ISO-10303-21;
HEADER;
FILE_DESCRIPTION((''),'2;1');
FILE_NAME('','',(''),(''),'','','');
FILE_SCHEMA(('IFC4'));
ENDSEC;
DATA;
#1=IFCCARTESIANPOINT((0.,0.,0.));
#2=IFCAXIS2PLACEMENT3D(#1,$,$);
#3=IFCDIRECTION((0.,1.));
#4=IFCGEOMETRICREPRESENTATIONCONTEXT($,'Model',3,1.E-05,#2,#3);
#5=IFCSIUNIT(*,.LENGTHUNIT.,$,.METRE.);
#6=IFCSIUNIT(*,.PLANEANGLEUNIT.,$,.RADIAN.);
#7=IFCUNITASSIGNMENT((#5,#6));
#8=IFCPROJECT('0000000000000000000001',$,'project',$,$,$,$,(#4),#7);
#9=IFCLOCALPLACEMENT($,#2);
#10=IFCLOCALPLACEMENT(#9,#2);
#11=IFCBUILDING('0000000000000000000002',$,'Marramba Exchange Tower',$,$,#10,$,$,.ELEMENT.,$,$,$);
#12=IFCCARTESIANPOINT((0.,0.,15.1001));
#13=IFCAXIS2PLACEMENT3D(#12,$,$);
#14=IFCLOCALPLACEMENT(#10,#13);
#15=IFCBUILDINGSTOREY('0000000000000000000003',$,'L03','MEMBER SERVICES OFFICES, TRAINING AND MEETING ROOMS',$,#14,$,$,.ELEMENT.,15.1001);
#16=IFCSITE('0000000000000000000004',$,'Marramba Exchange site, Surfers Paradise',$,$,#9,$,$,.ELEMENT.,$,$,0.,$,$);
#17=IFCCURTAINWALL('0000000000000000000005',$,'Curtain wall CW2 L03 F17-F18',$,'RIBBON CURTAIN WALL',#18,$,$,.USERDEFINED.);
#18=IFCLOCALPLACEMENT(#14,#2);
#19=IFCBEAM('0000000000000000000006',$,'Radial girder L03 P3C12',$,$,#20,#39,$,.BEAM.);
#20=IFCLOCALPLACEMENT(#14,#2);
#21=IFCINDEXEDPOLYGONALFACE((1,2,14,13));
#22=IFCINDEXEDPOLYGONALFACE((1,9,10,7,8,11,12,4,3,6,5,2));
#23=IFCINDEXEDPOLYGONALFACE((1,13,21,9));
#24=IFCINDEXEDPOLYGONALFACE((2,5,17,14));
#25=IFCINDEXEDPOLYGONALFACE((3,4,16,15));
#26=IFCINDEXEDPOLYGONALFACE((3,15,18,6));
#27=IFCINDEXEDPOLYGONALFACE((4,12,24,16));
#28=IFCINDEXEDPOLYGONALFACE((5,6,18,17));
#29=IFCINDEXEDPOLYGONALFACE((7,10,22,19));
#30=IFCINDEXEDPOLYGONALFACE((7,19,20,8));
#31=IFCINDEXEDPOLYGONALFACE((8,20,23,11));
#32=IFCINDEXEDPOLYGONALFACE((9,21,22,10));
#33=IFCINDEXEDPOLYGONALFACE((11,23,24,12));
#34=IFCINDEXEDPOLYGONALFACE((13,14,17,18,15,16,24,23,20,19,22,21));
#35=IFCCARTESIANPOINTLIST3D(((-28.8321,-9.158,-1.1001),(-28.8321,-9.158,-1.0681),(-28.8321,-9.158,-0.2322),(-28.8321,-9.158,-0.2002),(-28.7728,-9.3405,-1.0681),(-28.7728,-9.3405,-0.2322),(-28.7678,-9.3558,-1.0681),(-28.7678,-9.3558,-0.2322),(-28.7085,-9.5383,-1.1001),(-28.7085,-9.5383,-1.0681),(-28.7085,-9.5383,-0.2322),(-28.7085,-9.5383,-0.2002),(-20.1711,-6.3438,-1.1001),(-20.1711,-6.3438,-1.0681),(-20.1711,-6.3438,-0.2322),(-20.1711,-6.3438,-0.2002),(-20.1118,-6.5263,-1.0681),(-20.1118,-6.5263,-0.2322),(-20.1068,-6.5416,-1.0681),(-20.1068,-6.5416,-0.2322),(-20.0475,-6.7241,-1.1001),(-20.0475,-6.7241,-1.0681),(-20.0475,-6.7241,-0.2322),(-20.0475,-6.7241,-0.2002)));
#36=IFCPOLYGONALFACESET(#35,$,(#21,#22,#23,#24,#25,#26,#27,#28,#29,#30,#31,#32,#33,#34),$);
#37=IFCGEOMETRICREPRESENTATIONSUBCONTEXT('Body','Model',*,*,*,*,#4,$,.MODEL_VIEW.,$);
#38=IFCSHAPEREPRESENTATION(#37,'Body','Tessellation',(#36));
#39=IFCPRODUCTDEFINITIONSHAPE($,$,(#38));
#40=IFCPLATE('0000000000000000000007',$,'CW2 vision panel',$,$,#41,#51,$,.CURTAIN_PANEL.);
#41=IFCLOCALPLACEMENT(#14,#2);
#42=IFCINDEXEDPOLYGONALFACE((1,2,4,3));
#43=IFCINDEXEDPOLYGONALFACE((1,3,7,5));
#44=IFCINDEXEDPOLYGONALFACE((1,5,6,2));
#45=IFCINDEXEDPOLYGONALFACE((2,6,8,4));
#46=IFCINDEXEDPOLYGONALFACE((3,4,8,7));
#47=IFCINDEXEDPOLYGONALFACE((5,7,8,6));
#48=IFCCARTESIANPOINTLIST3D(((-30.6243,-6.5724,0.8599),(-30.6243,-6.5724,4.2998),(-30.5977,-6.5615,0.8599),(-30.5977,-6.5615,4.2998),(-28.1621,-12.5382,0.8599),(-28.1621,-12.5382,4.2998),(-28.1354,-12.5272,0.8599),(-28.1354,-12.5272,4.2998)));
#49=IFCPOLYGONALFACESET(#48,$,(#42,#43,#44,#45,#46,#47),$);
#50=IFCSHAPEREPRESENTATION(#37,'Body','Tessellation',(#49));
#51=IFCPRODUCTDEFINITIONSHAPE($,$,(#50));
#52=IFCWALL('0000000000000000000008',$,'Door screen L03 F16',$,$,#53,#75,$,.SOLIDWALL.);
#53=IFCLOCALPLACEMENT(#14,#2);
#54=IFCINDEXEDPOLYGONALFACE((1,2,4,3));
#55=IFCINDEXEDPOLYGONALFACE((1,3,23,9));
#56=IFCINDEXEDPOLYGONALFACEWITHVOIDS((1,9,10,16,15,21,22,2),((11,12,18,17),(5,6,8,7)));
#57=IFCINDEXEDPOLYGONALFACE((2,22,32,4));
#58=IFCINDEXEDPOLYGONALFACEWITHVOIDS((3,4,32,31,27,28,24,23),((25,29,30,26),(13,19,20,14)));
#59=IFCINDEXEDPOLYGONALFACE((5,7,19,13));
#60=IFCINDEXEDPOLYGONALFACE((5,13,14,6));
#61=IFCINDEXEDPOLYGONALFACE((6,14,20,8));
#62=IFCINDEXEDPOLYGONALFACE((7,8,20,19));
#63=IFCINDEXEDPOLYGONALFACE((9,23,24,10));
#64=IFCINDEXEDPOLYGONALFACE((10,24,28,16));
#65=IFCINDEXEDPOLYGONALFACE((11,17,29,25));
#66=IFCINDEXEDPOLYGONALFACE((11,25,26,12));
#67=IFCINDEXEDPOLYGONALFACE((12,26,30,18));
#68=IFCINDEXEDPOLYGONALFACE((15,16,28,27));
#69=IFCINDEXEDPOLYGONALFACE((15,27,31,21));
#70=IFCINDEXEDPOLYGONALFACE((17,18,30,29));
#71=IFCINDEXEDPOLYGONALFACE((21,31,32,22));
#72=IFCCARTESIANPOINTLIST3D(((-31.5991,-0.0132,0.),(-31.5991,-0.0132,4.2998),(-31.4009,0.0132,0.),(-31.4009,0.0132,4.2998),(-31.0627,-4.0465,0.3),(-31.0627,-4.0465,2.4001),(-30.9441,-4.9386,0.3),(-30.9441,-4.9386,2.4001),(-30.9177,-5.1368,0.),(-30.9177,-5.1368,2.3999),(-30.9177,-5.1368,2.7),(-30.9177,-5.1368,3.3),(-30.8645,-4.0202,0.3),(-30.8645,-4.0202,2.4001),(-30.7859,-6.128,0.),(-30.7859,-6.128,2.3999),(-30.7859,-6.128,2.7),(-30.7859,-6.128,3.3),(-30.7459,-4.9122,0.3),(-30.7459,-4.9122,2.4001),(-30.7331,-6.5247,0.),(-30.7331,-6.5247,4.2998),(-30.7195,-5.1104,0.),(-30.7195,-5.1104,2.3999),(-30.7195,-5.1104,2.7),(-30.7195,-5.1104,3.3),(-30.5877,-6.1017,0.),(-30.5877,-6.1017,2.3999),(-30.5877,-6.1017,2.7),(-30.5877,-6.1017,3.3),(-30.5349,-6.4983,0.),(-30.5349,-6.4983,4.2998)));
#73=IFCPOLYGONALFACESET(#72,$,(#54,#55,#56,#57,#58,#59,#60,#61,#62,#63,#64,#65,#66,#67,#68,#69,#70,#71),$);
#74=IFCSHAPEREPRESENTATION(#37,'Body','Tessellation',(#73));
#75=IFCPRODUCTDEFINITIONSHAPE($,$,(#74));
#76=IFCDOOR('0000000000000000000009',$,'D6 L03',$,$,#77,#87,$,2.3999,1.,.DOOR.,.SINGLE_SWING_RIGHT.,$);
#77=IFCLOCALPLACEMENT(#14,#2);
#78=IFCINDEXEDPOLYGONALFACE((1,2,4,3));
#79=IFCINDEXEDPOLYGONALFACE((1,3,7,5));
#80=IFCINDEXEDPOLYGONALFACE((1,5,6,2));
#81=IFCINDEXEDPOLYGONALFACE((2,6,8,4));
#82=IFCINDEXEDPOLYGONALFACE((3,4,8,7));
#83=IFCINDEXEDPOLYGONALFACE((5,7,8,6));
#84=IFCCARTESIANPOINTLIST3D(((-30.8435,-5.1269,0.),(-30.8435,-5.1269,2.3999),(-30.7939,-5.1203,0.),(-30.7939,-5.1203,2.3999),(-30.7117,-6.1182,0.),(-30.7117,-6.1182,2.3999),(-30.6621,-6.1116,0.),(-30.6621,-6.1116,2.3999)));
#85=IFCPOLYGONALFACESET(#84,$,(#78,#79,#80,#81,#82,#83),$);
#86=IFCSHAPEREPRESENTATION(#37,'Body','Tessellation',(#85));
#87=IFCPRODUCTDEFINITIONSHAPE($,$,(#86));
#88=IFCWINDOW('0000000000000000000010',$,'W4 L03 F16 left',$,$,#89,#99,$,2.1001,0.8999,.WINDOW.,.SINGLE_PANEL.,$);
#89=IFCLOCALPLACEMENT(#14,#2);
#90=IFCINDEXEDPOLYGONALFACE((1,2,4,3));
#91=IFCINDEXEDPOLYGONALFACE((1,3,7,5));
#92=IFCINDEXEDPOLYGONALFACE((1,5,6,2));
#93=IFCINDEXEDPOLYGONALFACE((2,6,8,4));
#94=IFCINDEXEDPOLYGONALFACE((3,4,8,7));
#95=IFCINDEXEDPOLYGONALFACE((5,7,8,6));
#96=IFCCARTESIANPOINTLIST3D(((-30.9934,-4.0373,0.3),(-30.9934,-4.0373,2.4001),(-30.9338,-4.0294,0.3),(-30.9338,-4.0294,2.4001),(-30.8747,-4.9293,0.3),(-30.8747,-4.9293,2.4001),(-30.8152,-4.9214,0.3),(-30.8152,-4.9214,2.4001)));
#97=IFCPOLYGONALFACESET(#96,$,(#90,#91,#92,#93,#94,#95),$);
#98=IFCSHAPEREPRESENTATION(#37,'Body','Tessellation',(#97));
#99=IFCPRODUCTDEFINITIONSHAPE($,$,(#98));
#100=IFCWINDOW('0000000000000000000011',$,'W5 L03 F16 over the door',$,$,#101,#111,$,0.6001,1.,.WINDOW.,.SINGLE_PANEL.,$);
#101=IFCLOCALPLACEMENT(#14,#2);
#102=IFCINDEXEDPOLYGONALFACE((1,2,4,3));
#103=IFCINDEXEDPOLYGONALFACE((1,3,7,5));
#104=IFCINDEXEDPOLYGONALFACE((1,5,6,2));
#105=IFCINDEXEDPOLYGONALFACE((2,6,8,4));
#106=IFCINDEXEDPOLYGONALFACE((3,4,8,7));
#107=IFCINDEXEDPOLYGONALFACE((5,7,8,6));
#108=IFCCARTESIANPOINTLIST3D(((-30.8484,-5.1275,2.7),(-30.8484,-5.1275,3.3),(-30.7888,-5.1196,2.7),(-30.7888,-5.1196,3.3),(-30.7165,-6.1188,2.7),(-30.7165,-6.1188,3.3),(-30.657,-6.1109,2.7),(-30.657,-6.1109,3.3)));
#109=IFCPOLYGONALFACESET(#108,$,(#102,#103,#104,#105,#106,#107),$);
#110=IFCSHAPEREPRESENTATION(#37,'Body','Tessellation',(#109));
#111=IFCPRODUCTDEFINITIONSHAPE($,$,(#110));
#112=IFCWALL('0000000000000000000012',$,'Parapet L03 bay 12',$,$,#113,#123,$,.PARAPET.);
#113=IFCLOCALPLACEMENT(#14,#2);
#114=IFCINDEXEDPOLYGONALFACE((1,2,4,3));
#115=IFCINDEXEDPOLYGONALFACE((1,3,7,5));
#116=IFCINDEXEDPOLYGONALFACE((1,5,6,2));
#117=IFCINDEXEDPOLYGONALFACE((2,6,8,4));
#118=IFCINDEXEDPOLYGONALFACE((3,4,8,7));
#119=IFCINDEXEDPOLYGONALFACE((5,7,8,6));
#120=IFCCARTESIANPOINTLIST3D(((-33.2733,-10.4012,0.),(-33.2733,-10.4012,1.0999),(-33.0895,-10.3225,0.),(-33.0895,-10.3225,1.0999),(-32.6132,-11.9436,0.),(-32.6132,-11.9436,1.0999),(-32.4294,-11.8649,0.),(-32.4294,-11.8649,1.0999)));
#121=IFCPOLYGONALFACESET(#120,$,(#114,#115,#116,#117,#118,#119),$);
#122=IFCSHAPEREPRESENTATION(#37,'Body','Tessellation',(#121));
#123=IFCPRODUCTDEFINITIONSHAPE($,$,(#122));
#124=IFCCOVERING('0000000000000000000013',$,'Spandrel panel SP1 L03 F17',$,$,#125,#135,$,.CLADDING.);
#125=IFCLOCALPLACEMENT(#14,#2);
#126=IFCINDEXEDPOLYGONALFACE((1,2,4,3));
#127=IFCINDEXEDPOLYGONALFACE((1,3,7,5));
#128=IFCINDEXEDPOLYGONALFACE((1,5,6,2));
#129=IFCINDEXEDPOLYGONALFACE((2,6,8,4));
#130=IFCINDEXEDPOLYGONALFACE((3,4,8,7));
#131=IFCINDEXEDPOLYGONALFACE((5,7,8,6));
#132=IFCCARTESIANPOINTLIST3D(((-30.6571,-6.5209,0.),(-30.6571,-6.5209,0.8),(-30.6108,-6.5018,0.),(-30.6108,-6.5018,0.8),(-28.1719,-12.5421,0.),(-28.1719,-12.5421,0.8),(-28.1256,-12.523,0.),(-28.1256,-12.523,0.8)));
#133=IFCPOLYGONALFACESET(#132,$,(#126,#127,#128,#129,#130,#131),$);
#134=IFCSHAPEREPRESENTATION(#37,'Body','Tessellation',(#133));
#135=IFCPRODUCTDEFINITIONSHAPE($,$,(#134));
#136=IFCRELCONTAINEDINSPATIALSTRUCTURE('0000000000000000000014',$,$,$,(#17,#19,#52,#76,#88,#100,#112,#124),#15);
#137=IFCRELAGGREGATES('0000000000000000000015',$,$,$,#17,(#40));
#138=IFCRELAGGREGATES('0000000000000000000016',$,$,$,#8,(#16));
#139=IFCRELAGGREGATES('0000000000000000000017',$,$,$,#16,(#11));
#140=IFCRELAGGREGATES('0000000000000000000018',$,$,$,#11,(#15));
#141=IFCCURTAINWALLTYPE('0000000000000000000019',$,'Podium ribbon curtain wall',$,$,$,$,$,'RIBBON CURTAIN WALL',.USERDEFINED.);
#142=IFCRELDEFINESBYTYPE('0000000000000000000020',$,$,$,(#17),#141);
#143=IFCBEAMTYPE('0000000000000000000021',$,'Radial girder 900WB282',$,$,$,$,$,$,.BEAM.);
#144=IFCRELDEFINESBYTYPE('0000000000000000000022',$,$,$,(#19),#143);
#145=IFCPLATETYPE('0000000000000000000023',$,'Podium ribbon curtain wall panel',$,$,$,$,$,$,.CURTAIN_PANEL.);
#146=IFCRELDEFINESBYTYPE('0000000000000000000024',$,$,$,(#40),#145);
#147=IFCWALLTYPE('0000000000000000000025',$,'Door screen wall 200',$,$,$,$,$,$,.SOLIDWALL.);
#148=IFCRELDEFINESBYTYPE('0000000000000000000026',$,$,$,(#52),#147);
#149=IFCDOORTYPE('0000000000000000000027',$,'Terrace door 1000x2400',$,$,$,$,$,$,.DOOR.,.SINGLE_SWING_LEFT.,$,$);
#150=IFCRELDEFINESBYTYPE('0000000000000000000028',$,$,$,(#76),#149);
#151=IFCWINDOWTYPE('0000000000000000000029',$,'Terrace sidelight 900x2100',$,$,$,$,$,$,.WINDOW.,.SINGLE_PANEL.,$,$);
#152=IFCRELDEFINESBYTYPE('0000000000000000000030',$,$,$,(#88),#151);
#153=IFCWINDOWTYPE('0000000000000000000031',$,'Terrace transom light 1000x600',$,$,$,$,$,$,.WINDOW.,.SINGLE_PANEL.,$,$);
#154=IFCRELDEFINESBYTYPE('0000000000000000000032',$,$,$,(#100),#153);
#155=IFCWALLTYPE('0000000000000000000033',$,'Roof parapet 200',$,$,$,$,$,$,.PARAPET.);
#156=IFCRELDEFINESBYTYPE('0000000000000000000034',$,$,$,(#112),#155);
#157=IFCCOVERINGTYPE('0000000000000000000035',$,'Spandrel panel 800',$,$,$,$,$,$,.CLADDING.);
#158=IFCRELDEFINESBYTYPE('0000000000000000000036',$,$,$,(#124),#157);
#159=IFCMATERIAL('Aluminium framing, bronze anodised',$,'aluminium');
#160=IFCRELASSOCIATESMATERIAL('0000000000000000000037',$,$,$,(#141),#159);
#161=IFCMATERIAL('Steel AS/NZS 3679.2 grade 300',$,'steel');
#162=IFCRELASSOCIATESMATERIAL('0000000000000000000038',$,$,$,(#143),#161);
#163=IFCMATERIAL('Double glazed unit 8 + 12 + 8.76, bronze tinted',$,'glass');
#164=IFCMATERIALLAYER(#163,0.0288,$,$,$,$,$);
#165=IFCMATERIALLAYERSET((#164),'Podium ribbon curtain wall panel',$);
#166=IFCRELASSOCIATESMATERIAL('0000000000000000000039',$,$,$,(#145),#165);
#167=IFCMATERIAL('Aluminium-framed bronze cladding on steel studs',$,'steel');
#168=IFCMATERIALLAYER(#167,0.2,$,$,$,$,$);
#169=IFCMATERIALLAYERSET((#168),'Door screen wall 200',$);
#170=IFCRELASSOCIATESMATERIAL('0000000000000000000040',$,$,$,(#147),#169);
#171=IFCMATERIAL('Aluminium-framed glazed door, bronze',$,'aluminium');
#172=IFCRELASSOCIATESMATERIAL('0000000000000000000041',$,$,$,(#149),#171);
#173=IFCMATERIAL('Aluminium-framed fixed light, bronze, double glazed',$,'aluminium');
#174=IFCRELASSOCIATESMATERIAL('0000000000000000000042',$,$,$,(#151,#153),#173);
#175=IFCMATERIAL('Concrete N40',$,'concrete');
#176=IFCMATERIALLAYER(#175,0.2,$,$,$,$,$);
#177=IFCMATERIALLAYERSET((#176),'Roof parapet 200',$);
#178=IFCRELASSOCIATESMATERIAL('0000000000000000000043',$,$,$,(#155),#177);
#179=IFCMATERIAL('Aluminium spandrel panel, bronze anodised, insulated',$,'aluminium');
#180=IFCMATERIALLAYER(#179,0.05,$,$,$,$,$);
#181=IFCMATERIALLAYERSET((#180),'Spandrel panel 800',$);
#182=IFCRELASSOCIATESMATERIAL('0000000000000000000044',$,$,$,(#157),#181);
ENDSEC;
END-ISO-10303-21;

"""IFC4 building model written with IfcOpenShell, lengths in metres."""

from ifc_helpers import new_model, si_unit, direction, frame, frame_2d, origin, origin_2d, place, context, subcontext, project, spatial, rectangle, i_section, extrude, material, layer, layer_set, material_profile, profile_set, type_object, element, fill, aggregate, save


model = new_model("IFC4")

# Units and contexts
model_context = context("Model", 3, precision=1e-05, world=origin(), true_north=direction((0.0, 1.0)))
body_context = subcontext(model_context, "Body", "Model", "MODEL_VIEW")
ifc_project = project(units=[si_unit("LENGTHUNIT", "METRE"), si_unit("PLANEANGLEUNIT", "RADIAN")], contexts=[model_context])

# Site, building, storey
site_placement = place(None, origin())
site = spatial("IfcSite", under=ifc_project, at=site_placement, Name="Marramba Exchange site, Surfers Paradise", CompositionType="ELEMENT", RefElevation=0.0)
building_placement = place(site_placement, origin())
building = spatial("IfcBuilding", under=site, at=building_placement, Name="Marramba Exchange Tower", CompositionType="ELEMENT")
storey_placement = place(building_placement, frame((0.0, 0.0, 15.1001)))
storey = spatial("IfcBuildingStorey", under=building, at=storey_placement, Name="L03", Description="MEMBER SERVICES OFFICES, TRAINING AND MEETING ROOMS", CompositionType="ELEMENT", Elevation=15.1001)

# Curtain wall
ifc_material_1 = material(Name="Aluminium framing, bronze anodised", Category="aluminium")
curtain_wall_type = type_object("IfcCurtainWallType", Name="Podium ribbon curtain wall", ElementType="RIBBON CURTAIN WALL", PredefinedType="USERDEFINED", material=ifc_material_1)
curtain_wall_placement = place(storey_placement, origin())
curtain_wall = element("IfcCurtainWall", 1, at=curtain_wall_placement, inside=storey, type_object=curtain_wall_type, Name="Curtain wall CW2 L03 F17-F18", ObjectType="RIBBON CURTAIN WALL", PredefinedType="USERDEFINED")

# Beam
ifc_material_2 = material(Name="Steel AS/NZS 3679.2 grade 300", Category="steel")
ifc_material_profile_1 = material_profile(ifc_material_2, i_section(OverallWidth=0.3999, OverallDepth=0.8999, WebThickness=0.0161, FlangeThickness=0.032, at=origin_2d()), Name="900WB282")
ifc_profile_set_1 = profile_set([ifc_material_profile_1], Name="Steel AS/NZS 3679.2 grade 300")
beam_type_1 = type_object("IfcBeamType", Name="Radial girder 900WB282", PredefinedType="BEAM", material=ifc_profile_set_1)
beam_1_placement = place(storey_placement, frame((-28.7703, -9.3481, -0.6501), z_axis=(0.951053, 0.309028, 0.0), x_axis=(-0.309028, 0.951053, 0.0)))
element("IfcBeam", 2, at=beam_1_placement, inside=storey, type_object=beam_type_1, Name="Radial girder L03 P3C12", PredefinedType="BEAM", context=body_context, shape_type="SweptSolid", body=[
    extrude(i_section(OverallWidth=0.3999, OverallDepth=0.8999, WebThickness=0.0161, FlangeThickness=0.032, at=origin_2d()), origin(), (0.0, 0.0, 1.0), 9.1067),
])

# Plate
ifc_material_3 = material(Name="Double glazed unit 8 + 12 + 8.76, bronze tinted", Category="glass")
ifc_layer_1 = layer(ifc_material_3, 0.0288)
ifc_layer_set_1 = layer_set([ifc_layer_1], Name="Podium ribbon curtain wall panel")
plate_type = type_object("IfcPlateType", Name="Podium ribbon curtain wall panel", PredefinedType="CURTAIN_PANEL", material=ifc_layer_set_1)
plate_placement = place(storey_placement, frame((-29.3799, -9.5498, 0.8599), z_axis=(0.0, 0.0, 1.0), x_axis=(0.381514, -0.924363, 0.0)))
plate = element("IfcPlate", 3, at=plate_placement, type_object=plate_type, Name="CW2 vision panel", PredefinedType="CURTAIN_PANEL", context=body_context, shape_type="SweptSolid", body=[
    extrude(rectangle(XDim=6.4539, YDim=0.0288, at=origin_2d()), origin(), (0.0, 0.0, 1.0), 3.4399),
])
aggregate(curtain_wall, [plate])

# Wall, openings, door, windows
ifc_material_4 = material(Name="Aluminium-framed bronze cladding on steel studs", Category="steel")
ifc_layer_2 = layer(ifc_material_4, 0.2)
ifc_layer_set_2 = layer_set([ifc_layer_2], Name="Door screen wall 200")
wall_type_1 = type_object("IfcWallType", Name="Door screen wall 200", PredefinedType="SOLIDWALL", material=ifc_layer_set_2)
wall_1_placement = place(storey_placement, frame((-31.5, 0.0, 0.0), z_axis=(0.0, 0.0, 1.0), x_axis=(0.13183, -0.991272, 0.0)))
wall_1 = element("IfcWall", 4, at=wall_1_placement, inside=storey, type_object=wall_type_1, Name="Door screen L03 F16", PredefinedType="SOLIDWALL", context=body_context, shape_type="SweptSolid", body=[
    extrude(rectangle(XDim=6.5688, YDim=0.2, at=frame_2d((3.2844, 0.0))), origin(), (0.0, 0.0, 1.0), 4.2998),
])
opening_1_placement = place(wall_1_placement, frame((5.1687, 0.0, 0.0)))
opening_1 = element("IfcOpeningElement", 5, at=opening_1_placement, cuts=wall_1, PredefinedType="OPENING", context=body_context, shape_type="SweptSolid", body=[
    extrude(rectangle(XDim=1.0, YDim=2.3999, at=frame_2d((0.5, 1.2))), frame((0.0, 0.1099, 0.0), z_axis=(0.0, -1.0, 0.0), x_axis=(1.0, 0.0, 0.0)), (0.0, 0.0, 1.0), 0.22),
])
opening_2_placement = place(wall_1_placement, frame((4.0688, 0.0, 0.3)))
opening_2 = element("IfcOpeningElement", 6, at=opening_2_placement, cuts=wall_1, PredefinedType="OPENING", context=body_context, shape_type="SweptSolid", body=[
    extrude(rectangle(XDim=0.8999, YDim=2.1001, at=frame_2d((0.45, 1.05))), frame((0.0, 0.1099, 0.0), z_axis=(0.0, -1.0, 0.0), x_axis=(1.0, 0.0, 0.0)), (0.0, 0.0, 1.0), 0.22),
])
opening_3_placement = place(wall_1_placement, frame((5.1687, 0.0, 2.7)))
opening_3 = element("IfcOpeningElement", 7, at=opening_3_placement, cuts=wall_1, PredefinedType="OPENING", context=body_context, shape_type="SweptSolid", body=[
    extrude(rectangle(XDim=1.0, YDim=0.6001, at=frame_2d((0.5, 0.3))), frame((0.0, 0.1099, 0.0), z_axis=(0.0, -1.0, 0.0), x_axis=(1.0, 0.0, 0.0)), (0.0, 0.0, 1.0), 0.22),
])
ifc_material_5 = material(Name="Aluminium-framed glazed door, bronze", Category="aluminium")
door_type_1 = type_object("IfcDoorType", Name="Terrace door 1000x2400", OperationType="SINGLE_SWING_LEFT", PredefinedType="DOOR", material=ifc_material_5)
door_1_placement = place(opening_1_placement, frame((1.0, 0.0, 0.0), z_axis=(0.0, 0.0, 1.0), x_axis=(-1.0, 0.0, 0.0)))
door_1 = element("IfcDoor", 8, at=door_1_placement, inside=storey, type_object=door_type_1, Name="D6 L03", OperationType="SINGLE_SWING_RIGHT", OverallHeight=2.3999, OverallWidth=1.0, PredefinedType="DOOR", context=body_context, shape_type="SweptSolid", body=[
    extrude(rectangle(XDim=1.0, YDim=2.3999, at=frame_2d((0.5, 1.2))), frame((0.0, 0.0251, 0.0), z_axis=(0.0, -1.0, 0.0), x_axis=(1.0, 0.0, 0.0)), (0.0, 0.0, 1.0), 0.05),
])
fill(opening_1, door_1)
ifc_material_6 = material(Name="Aluminium-framed fixed light, bronze, double glazed", Category="aluminium")
window_type_1 = type_object("IfcWindowType", Name="Terrace sidelight 900x2100", PartitioningType="SINGLE_PANEL", PredefinedType="WINDOW", material=ifc_material_6)
window_1_placement = place(opening_2_placement, origin())
window_1 = element("IfcWindow", 9, at=window_1_placement, inside=storey, type_object=window_type_1, Name="W4 L03 F16 left", OverallHeight=2.1001, OverallWidth=0.8999, PartitioningType="SINGLE_PANEL", PredefinedType="WINDOW", context=body_context, shape_type="SweptSolid", body=[
    extrude(rectangle(XDim=0.8999, YDim=2.1001, at=frame_2d((0.45, 1.05))), frame((0.0, 0.03, 0.0), z_axis=(0.0, -1.0, 0.0), x_axis=(1.0, 0.0, 0.0)), (0.0, 0.0, 1.0), 0.0601),
])
fill(opening_2, window_1)
window_type_2 = type_object("IfcWindowType", Name="Terrace transom light 1000x600", PartitioningType="SINGLE_PANEL", PredefinedType="WINDOW", material=ifc_material_6)
window_2_placement = place(opening_3_placement, origin())
window_2 = element("IfcWindow", 10, at=window_2_placement, inside=storey, type_object=window_type_2, Name="W5 L03 F16 over the door", OverallHeight=0.6001, OverallWidth=1.0, PartitioningType="SINGLE_PANEL", PredefinedType="WINDOW", context=body_context, shape_type="SweptSolid", body=[
    extrude(rectangle(XDim=1.0, YDim=0.6001, at=frame_2d((0.5, 0.3))), frame((0.0, 0.03, 0.0), z_axis=(0.0, -1.0, 0.0), x_axis=(1.0, 0.0, 0.0)), (0.0, 0.0, 1.0), 0.0601),
])
fill(opening_3, window_2)

# Wall
ifc_material_7 = material(Name="Concrete N40", Category="concrete")
ifc_layer_3 = layer(ifc_material_7, 0.2)
ifc_layer_set_3 = layer_set([ifc_layer_3], Name="Roof parapet 200")
wall_type_2 = type_object("IfcWallType", Name="Roof parapet 200", PredefinedType="PARAPET", material=ifc_layer_set_3)
wall_2_placement = place(storey_placement, frame((-33.1814, -10.3618, 0.0), z_axis=(0.0, 0.0, 1.0), x_axis=(0.393463, -0.919341, 0.0)))
element("IfcWall", 11, at=wall_2_placement, inside=storey, type_object=wall_type_2, Name="Parapet L03 bay 12", PredefinedType="PARAPET", context=body_context, shape_type="SweptSolid", body=[
    extrude(rectangle(XDim=1.6777, YDim=0.2, at=frame_2d((0.8389, 0.0))), origin(), (0.0, 0.0, 1.0), 1.0999),
])

# Covering
ifc_material_8 = material(Name="Aluminium spandrel panel, bronze anodised, insulated", Category="aluminium")
ifc_layer_4 = layer(ifc_material_8, 0.05)
ifc_layer_set_4 = layer_set([ifc_layer_4], Name="Spandrel panel 800")
covering_type = type_object("IfcCoveringType", Name="Spandrel panel 800", PredefinedType="CLADDING", material=ifc_layer_set_4)
covering_placement = place(storey_placement, frame((-29.3914, -9.522, 0.0), z_axis=(0.0, 0.0, 1.0), x_axis=(0.381514, -0.924363, 0.0)))
element("IfcCovering", 12, at=covering_placement, inside=storey, type_object=covering_type, Name="Spandrel panel SP1 L03 F17", PredefinedType="CLADDING", context=body_context, shape_type="SweptSolid", body=[
    extrude(rectangle(XDim=6.5139, YDim=0.05, at=origin_2d()), origin(), (0.0, 0.0, 1.0), 0.8),
])

save(model, "model.ifc")
